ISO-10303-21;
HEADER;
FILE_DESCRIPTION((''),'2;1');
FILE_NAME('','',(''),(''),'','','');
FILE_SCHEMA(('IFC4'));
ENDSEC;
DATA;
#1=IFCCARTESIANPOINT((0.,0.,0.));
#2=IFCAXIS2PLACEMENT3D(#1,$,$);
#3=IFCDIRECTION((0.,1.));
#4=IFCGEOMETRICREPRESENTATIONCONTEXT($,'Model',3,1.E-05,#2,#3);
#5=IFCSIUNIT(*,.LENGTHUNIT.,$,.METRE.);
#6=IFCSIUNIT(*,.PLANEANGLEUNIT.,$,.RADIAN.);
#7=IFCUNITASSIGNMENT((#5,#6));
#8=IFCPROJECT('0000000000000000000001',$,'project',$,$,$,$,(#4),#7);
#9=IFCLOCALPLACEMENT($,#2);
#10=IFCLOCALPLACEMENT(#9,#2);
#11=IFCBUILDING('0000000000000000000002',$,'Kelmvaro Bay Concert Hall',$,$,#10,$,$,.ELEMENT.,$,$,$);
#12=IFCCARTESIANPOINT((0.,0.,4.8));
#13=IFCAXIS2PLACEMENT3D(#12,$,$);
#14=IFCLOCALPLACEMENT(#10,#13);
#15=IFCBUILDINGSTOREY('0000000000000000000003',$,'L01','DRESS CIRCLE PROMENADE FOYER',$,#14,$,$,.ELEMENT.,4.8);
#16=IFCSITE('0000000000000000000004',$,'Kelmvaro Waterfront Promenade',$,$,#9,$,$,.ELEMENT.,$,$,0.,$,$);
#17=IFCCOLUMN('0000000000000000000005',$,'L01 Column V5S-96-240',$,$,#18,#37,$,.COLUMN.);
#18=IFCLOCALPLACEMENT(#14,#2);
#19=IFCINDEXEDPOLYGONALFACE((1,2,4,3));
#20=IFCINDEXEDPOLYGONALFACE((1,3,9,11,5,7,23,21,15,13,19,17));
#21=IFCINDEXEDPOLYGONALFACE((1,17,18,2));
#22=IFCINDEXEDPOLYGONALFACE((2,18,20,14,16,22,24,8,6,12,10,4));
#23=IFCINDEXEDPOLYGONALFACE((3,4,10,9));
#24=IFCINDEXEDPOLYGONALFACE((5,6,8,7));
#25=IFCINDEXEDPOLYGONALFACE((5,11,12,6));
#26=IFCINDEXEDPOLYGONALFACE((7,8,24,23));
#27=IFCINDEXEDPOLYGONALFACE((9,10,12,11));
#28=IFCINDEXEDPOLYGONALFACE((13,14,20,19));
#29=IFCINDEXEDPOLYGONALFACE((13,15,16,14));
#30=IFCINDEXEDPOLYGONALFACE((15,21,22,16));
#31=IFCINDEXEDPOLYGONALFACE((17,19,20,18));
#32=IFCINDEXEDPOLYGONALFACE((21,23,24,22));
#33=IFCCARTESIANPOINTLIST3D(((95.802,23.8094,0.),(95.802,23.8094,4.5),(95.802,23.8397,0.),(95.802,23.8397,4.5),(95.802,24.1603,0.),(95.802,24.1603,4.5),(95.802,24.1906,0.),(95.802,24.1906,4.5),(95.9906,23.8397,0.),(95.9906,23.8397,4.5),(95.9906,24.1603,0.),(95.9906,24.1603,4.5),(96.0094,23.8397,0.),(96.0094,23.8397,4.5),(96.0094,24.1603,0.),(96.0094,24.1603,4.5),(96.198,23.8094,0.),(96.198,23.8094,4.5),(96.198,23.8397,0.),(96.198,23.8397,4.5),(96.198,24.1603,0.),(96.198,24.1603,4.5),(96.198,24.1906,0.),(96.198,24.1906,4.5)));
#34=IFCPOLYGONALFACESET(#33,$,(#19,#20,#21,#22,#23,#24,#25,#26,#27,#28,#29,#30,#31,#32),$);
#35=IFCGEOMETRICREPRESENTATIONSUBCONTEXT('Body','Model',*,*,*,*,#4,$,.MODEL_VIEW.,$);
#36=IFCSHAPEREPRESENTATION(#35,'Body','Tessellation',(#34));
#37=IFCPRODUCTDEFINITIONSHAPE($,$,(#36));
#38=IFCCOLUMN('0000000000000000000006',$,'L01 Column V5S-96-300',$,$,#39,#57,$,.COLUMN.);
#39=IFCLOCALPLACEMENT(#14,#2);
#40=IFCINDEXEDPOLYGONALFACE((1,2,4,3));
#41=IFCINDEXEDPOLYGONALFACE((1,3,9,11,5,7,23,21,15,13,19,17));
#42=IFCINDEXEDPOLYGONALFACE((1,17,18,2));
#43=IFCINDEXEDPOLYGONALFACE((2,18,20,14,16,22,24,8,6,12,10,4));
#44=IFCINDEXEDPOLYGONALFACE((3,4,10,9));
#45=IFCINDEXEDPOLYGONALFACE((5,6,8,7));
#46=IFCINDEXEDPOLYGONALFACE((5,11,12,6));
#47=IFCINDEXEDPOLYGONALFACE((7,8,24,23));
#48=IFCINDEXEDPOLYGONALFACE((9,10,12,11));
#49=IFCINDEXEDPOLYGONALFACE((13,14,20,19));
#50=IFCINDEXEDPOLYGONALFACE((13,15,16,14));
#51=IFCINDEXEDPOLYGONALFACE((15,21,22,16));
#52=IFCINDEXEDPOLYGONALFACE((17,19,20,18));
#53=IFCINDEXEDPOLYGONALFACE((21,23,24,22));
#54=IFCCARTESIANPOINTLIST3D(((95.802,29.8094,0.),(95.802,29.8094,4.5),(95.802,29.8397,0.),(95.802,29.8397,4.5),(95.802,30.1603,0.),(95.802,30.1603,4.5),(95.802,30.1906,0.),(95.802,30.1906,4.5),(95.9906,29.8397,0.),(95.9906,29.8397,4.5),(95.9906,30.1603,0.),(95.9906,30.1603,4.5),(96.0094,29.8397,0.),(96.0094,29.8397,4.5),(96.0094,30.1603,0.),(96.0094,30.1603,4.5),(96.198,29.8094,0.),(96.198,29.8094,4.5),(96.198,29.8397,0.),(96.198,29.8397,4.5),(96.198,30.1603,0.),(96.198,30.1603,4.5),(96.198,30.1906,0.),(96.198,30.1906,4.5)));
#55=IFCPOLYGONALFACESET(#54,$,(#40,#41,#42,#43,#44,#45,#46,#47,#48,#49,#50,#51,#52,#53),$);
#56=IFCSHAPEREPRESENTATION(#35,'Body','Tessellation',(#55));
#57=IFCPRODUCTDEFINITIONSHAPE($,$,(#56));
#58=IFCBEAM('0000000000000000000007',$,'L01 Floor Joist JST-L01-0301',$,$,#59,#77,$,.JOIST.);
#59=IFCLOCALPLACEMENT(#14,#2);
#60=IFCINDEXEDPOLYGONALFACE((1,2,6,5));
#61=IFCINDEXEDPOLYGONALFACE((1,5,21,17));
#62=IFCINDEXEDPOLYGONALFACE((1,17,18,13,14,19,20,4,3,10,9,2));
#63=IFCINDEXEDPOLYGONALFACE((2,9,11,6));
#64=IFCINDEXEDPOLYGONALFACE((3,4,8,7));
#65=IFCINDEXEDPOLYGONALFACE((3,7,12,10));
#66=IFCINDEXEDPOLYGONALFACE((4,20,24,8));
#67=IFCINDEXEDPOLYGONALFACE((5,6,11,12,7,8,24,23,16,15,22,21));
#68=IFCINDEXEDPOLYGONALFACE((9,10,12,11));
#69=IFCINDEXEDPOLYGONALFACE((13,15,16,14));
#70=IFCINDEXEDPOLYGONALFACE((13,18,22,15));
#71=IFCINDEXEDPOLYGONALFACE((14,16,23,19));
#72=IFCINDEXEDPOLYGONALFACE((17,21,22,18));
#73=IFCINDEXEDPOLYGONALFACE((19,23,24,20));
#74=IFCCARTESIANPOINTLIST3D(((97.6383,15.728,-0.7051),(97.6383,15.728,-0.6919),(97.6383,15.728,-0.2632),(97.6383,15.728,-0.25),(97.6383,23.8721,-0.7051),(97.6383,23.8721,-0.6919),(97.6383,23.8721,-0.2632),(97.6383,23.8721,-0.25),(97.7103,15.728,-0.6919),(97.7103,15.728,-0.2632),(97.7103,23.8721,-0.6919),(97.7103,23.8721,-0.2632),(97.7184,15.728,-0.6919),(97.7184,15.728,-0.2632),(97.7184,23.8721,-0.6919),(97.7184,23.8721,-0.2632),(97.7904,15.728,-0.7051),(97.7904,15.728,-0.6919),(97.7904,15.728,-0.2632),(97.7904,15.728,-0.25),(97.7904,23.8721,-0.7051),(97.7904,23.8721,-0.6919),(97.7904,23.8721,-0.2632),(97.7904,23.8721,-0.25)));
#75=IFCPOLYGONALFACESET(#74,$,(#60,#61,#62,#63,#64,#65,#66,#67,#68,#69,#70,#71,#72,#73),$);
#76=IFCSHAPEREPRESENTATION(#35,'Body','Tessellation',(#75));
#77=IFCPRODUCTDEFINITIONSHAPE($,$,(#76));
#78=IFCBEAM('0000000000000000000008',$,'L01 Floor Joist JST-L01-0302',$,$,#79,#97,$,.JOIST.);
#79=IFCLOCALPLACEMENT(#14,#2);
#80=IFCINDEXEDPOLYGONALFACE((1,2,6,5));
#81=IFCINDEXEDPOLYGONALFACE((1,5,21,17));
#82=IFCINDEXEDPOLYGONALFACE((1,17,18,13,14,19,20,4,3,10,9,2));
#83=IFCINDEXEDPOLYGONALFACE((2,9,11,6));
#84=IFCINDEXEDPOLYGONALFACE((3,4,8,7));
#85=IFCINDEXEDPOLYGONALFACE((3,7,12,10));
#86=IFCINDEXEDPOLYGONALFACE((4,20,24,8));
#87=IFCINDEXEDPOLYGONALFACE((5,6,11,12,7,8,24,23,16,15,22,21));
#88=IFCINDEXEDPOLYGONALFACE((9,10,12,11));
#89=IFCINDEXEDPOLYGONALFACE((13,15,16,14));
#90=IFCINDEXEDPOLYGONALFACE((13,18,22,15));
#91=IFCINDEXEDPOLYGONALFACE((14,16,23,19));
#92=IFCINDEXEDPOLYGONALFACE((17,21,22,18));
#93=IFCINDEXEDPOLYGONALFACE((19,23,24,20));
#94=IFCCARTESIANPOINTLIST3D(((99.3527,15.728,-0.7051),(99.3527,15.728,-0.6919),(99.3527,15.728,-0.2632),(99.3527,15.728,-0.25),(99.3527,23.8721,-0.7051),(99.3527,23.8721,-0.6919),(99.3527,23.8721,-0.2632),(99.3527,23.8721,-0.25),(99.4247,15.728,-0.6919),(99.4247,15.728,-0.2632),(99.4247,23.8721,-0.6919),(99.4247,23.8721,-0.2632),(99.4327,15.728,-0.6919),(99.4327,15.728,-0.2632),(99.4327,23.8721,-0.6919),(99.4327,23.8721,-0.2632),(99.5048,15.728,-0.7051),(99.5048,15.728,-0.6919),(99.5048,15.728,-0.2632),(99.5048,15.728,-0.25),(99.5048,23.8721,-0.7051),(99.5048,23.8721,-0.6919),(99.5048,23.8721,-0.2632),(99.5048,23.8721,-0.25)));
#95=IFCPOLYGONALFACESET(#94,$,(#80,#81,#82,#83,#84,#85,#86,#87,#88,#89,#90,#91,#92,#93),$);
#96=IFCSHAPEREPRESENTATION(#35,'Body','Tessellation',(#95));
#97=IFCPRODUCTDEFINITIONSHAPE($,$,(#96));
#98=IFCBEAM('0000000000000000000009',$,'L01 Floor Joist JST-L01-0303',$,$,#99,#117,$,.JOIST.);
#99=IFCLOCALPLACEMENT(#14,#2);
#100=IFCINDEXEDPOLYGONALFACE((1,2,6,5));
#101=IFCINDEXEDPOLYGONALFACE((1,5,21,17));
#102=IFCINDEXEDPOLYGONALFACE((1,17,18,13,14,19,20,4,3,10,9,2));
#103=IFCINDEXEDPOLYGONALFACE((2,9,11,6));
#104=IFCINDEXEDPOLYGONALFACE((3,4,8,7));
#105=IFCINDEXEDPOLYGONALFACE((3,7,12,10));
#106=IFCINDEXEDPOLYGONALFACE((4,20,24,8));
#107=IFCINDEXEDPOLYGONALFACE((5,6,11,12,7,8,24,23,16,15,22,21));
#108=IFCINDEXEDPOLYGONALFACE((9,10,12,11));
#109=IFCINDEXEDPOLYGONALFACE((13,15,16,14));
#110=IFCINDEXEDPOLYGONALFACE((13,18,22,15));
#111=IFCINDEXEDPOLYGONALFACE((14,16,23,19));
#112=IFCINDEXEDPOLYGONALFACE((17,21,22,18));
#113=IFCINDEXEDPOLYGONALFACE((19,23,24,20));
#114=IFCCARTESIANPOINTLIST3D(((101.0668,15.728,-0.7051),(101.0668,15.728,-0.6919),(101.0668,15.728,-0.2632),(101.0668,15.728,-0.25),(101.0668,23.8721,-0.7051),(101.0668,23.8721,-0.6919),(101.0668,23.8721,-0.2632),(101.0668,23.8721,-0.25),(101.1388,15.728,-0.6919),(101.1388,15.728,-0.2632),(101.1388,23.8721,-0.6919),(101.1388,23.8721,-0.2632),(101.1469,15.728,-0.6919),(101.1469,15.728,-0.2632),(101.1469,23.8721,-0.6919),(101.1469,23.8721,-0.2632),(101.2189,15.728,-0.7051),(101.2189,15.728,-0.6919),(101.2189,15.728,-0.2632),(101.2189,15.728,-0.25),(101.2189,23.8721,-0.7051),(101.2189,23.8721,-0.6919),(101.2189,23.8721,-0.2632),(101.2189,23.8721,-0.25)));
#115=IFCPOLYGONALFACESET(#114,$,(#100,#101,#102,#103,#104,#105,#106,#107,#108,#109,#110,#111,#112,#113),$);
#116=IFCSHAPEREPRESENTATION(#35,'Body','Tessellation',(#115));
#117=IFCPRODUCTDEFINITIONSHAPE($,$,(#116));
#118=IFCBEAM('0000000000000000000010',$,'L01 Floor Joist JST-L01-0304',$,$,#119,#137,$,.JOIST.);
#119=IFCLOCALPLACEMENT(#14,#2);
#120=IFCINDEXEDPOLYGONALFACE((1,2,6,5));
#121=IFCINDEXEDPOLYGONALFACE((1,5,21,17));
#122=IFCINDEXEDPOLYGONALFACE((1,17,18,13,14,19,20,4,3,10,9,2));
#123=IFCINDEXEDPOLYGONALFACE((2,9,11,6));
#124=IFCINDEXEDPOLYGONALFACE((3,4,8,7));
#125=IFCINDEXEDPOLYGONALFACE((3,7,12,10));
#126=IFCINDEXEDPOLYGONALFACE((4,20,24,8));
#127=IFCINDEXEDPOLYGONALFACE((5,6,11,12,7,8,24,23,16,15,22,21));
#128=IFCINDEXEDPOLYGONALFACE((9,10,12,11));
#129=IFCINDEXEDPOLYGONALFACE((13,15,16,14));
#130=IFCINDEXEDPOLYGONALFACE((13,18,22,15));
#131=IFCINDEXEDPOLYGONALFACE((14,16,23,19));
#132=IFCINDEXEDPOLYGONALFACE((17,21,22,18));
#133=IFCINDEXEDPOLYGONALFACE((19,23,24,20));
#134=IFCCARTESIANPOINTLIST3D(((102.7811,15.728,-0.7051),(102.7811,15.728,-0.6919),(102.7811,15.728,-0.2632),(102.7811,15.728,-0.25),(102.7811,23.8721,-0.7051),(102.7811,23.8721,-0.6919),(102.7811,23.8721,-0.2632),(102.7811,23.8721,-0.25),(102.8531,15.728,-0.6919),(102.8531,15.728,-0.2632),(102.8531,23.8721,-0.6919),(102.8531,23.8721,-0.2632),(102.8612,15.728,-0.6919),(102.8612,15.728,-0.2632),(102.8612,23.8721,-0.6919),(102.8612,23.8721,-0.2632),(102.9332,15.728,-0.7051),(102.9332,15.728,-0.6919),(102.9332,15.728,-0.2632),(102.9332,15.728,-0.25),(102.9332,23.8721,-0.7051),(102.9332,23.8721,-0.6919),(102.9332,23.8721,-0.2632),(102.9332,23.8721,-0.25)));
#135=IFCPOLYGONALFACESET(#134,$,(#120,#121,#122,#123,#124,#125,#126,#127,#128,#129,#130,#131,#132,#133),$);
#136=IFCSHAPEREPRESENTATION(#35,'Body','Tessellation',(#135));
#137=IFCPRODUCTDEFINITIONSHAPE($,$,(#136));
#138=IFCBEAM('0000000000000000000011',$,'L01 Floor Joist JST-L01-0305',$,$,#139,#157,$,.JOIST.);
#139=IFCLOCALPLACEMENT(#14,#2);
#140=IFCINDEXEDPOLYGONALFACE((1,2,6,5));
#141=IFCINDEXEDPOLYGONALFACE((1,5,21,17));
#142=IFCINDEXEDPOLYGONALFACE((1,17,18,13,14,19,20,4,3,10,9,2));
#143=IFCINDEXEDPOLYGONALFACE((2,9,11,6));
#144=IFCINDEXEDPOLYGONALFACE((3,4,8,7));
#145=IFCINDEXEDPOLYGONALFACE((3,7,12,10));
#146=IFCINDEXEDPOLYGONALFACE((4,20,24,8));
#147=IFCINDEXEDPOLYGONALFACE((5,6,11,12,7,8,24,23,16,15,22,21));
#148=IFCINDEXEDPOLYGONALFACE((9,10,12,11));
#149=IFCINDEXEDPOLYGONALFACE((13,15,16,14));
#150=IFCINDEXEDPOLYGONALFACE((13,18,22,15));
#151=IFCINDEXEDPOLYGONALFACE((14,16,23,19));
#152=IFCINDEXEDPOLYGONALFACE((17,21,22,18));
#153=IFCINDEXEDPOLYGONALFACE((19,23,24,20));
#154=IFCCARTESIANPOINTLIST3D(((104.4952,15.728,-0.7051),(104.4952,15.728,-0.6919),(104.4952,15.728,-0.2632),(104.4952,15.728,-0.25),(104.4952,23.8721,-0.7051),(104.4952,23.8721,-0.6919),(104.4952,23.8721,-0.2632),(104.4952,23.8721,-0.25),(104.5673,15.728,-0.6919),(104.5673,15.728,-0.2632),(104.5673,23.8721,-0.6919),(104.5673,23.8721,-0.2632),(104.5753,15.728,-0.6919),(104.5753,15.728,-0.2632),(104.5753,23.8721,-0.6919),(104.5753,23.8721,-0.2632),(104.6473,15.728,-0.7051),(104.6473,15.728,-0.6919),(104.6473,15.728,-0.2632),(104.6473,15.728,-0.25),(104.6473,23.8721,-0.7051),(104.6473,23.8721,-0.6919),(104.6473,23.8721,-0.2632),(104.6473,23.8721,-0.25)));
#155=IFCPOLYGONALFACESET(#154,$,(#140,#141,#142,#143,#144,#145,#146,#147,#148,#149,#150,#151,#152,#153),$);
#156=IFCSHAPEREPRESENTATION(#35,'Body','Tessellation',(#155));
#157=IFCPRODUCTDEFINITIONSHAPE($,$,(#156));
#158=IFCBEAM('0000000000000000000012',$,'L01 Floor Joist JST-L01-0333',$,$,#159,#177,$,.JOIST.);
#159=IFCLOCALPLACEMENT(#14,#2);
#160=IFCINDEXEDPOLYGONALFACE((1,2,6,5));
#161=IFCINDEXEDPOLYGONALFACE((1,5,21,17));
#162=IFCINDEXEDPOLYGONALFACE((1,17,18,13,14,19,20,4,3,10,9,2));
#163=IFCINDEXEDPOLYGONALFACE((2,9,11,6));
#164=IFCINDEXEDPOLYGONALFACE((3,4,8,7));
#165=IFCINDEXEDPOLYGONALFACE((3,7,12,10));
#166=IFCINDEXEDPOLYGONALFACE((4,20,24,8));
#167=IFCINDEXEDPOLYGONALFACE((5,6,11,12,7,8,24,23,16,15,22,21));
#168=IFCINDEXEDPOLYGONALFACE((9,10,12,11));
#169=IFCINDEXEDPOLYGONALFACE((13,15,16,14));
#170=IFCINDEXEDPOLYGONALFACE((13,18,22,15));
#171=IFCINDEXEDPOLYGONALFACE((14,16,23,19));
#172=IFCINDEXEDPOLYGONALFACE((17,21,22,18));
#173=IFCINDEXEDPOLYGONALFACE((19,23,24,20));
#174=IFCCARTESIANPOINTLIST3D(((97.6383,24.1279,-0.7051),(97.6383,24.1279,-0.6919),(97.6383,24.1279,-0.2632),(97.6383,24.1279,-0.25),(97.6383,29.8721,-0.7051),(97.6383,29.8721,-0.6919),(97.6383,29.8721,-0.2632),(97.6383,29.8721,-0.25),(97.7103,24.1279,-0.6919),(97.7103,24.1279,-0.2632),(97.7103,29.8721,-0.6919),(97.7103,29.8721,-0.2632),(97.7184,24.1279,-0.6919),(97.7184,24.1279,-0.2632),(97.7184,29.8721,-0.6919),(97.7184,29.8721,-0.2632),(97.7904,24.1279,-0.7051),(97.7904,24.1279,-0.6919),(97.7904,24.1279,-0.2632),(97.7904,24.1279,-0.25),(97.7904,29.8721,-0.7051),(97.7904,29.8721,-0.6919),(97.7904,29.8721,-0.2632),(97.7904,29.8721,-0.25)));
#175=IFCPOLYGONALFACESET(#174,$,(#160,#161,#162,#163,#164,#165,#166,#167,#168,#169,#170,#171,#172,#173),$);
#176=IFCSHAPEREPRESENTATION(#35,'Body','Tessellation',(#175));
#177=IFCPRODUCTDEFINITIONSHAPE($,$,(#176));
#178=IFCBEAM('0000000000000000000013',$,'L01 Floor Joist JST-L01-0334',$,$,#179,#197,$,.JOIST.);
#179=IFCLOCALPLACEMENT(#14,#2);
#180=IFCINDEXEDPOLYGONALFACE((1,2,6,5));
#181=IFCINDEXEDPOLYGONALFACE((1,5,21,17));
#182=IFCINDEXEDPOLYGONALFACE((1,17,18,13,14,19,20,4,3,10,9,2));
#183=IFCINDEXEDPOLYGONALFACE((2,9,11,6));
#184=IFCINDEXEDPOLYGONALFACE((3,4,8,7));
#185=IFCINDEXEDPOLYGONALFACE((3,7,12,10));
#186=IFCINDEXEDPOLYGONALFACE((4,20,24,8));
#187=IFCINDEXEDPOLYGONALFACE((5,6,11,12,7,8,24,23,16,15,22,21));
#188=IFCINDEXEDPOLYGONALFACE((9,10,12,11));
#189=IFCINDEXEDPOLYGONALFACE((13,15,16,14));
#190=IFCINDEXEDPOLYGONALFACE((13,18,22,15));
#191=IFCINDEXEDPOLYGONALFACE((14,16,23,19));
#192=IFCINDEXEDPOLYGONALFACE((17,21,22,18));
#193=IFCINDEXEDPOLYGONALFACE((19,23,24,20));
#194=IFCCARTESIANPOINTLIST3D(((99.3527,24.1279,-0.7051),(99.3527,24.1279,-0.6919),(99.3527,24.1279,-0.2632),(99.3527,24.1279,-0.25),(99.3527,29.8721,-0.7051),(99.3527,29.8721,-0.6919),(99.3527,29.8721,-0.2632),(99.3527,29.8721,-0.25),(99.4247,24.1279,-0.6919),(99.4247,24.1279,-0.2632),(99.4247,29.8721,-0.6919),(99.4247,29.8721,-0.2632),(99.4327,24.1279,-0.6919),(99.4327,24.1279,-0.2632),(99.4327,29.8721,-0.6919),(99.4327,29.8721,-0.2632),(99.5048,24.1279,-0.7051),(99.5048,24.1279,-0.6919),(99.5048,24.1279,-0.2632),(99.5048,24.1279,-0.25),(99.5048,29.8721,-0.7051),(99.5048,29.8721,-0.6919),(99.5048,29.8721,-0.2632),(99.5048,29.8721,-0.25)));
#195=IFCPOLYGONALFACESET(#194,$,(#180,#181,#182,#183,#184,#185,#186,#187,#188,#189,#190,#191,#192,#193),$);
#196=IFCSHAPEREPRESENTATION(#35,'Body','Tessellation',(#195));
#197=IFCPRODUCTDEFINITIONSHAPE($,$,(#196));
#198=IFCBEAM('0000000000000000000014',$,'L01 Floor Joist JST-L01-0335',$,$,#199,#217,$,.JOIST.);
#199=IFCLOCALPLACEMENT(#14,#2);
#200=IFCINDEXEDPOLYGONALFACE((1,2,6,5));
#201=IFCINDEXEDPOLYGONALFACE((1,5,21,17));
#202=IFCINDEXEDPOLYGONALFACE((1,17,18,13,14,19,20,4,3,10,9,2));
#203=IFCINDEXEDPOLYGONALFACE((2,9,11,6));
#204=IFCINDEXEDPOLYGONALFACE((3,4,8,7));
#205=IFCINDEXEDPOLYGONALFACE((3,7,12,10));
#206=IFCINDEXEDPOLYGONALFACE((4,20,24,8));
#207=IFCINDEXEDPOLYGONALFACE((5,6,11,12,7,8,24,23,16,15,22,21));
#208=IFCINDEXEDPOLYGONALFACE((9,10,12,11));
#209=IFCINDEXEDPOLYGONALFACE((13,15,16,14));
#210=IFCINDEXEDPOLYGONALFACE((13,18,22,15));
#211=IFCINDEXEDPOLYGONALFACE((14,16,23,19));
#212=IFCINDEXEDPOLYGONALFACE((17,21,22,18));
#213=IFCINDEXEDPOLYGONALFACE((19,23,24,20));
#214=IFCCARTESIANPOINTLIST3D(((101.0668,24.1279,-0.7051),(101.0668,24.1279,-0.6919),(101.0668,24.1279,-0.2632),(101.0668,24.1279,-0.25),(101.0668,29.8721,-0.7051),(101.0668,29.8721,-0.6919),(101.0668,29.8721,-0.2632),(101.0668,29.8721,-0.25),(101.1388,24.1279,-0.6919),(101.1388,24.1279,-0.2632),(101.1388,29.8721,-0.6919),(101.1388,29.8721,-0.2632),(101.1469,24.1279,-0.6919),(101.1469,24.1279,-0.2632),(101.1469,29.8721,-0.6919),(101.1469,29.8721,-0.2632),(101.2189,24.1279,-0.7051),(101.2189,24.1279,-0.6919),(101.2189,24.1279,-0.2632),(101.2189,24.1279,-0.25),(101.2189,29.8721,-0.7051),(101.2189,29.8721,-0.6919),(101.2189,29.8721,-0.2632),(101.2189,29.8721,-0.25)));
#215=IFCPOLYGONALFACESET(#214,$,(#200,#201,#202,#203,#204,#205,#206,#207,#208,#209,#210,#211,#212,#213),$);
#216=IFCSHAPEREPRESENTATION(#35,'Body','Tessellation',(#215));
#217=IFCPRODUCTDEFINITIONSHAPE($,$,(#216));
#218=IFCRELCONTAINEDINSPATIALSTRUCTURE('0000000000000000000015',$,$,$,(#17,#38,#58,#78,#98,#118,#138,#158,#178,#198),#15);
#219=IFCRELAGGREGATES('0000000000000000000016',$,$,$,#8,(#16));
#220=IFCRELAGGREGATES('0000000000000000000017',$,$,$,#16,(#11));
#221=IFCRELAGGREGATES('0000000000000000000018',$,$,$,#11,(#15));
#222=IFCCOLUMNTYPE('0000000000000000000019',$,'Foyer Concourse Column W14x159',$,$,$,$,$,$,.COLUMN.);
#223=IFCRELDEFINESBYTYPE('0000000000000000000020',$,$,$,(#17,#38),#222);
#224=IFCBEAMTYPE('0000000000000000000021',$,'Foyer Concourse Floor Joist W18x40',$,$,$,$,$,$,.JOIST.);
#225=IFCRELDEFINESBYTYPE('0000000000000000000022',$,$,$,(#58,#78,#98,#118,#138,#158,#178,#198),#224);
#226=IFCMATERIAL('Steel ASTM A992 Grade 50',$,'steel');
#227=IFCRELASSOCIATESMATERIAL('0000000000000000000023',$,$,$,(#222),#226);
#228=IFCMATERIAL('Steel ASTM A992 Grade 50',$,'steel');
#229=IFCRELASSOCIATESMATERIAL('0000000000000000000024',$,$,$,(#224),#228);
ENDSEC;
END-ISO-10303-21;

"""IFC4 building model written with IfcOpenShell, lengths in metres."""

from ifc_helpers import new_model, si_unit, direction, frame, origin, origin_2d, place, context, subcontext, project, spatial, i_section, extrude, material, material_profile, profile_set, type_object, element, save


model = new_model("IFC4")

# Units and contexts
model_context = context("Model", 3, precision=1e-05, world=origin(), true_north=direction((0.0, 1.0)))
body_context = subcontext(model_context, "Body", "Model", "MODEL_VIEW")
ifc_project = project(units=[si_unit("LENGTHUNIT", "METRE"), si_unit("PLANEANGLEUNIT", "RADIAN")], contexts=[model_context])

# Site, building, storey
site_placement = place(None, origin())
site = spatial("IfcSite", under=ifc_project, at=site_placement, Name="Kelmvaro Waterfront Promenade", CompositionType="ELEMENT", RefElevation=0.0)
building_placement = place(site_placement, origin())
building = spatial("IfcBuilding", under=site, at=building_placement, Name="Kelmvaro Bay Concert Hall", CompositionType="ELEMENT")
storey_placement = place(building_placement, frame((0.0, 0.0, 4.8)))
storey = spatial("IfcBuildingStorey", under=building, at=storey_placement, Name="L01", Description="DRESS CIRCLE PROMENADE FOYER", CompositionType="ELEMENT", Elevation=4.8)

# Columns
ifc_material_1 = material(Name="Steel ASTM A992 Grade 50", Category="steel")
ifc_material_profile_1 = material_profile(ifc_material_1, i_section(OverallWidth=0.396, OverallDepth=0.3811, WebThickness=0.0188, FlangeThickness=0.0303, at=origin_2d()), Name="W14X159")
ifc_profile_set_1 = profile_set([ifc_material_profile_1], Name="Steel ASTM A992 Grade 50")
column_type = type_object("IfcColumnType", Name="Foyer Concourse Column W14x159", PredefinedType="COLUMN", material=ifc_profile_set_1)
for number, where, z_axis, x_axis, name in (
    (1, (96.0, 24.0, 0.0), (0.0, 0.0, 1.0), (1.0, 0.0, 0.0), "L01 Column V5S-96-240"),
    (2, (96.0, 30.0, 0.0), (0.0, 0.0, 1.0), (1.0, 0.0, 0.0), "L01 Column V5S-96-300"),
):
    element("IfcColumn", number, at=place(storey_placement, frame(where, z_axis=z_axis, x_axis=x_axis)), inside=storey, type_object=column_type, Name=name, PredefinedType="COLUMN", context=body_context, shape_type="SweptSolid", body=[
        extrude(i_section(OverallWidth=0.396, OverallDepth=0.3811, WebThickness=0.0188, FlangeThickness=0.0303, at=origin_2d()), origin(), (0.0, 0.0, 1.0), 4.5),
    ])

# Beams
ifc_material_2 = material(Name="Steel ASTM A992 Grade 50", Category="steel")
ifc_material_profile_2 = material_profile(ifc_material_2, i_section(OverallWidth=0.1521, OverallDepth=0.4551, WebThickness=0.0081, FlangeThickness=0.0132, at=origin_2d()), Name="W18X40")
ifc_profile_set_2 = profile_set([ifc_material_profile_2], Name="Steel ASTM A992 Grade 50")
beam_type_1 = type_object("IfcBeamType", Name="Foyer Concourse Floor Joist W18x40", PredefinedType="JOIST", material=ifc_profile_set_2)
for number, where, z_axis, x_axis, name in (
    (3, (97.7144, 15.728, -0.4775), (0.0, 1.0, 0.0), (-1.0, 0.0, 0.0), "L01 Floor Joist JST-L01-0301"),
    (4, (99.4287, 15.728, -0.4775), (0.0, 1.0, 0.0), (-1.0, 0.0, 0.0), "L01 Floor Joist JST-L01-0302"),
    (5, (101.1428, 15.728, -0.4775), (0.0, 1.0, 0.0), (-1.0, 0.0, 0.0), "L01 Floor Joist JST-L01-0303"),
    (6, (102.8572, 15.728, -0.4775), (0.0, 1.0, 0.0), (-1.0, 0.0, 0.0), "L01 Floor Joist JST-L01-0304"),
    (7, (104.5713, 15.728, -0.4775), (0.0, 1.0, 0.0), (-1.0, 0.0, 0.0), "L01 Floor Joist JST-L01-0305"),
):
    element("IfcBeam", number, at=place(storey_placement, frame(where, z_axis=z_axis, x_axis=x_axis)), inside=storey, type_object=beam_type_1, Name=name, PredefinedType="JOIST", context=body_context, shape_type="SweptSolid", body=[
        extrude(i_section(OverallWidth=0.1521, OverallDepth=0.4551, WebThickness=0.0081, FlangeThickness=0.0132, at=origin_2d()), origin(), (0.0, 0.0, 1.0), 8.144),
    ])
for number, where, z_axis, x_axis, name in (
    (8, (97.7144, 24.1279, -0.4775), (0.0, 1.0, 0.0), (-1.0, 0.0, 0.0), "L01 Floor Joist JST-L01-0333"),
    (9, (99.4287, 24.1279, -0.4775), (0.0, 1.0, 0.0), (-1.0, 0.0, 0.0), "L01 Floor Joist JST-L01-0334"),
    (10, (101.1428, 24.1279, -0.4775), (0.0, 1.0, 0.0), (-1.0, 0.0, 0.0), "L01 Floor Joist JST-L01-0335"),
):
    element("IfcBeam", number, at=place(storey_placement, frame(where, z_axis=z_axis, x_axis=x_axis)), inside=storey, type_object=beam_type_1, Name=name, PredefinedType="JOIST", context=body_context, shape_type="SweptSolid", body=[
        extrude(i_section(OverallWidth=0.1521, OverallDepth=0.4551, WebThickness=0.0081, FlangeThickness=0.0132, at=origin_2d()), origin(), (0.0, 0.0, 1.0), 5.7441),
    ])

save(model, "model.ifc")
